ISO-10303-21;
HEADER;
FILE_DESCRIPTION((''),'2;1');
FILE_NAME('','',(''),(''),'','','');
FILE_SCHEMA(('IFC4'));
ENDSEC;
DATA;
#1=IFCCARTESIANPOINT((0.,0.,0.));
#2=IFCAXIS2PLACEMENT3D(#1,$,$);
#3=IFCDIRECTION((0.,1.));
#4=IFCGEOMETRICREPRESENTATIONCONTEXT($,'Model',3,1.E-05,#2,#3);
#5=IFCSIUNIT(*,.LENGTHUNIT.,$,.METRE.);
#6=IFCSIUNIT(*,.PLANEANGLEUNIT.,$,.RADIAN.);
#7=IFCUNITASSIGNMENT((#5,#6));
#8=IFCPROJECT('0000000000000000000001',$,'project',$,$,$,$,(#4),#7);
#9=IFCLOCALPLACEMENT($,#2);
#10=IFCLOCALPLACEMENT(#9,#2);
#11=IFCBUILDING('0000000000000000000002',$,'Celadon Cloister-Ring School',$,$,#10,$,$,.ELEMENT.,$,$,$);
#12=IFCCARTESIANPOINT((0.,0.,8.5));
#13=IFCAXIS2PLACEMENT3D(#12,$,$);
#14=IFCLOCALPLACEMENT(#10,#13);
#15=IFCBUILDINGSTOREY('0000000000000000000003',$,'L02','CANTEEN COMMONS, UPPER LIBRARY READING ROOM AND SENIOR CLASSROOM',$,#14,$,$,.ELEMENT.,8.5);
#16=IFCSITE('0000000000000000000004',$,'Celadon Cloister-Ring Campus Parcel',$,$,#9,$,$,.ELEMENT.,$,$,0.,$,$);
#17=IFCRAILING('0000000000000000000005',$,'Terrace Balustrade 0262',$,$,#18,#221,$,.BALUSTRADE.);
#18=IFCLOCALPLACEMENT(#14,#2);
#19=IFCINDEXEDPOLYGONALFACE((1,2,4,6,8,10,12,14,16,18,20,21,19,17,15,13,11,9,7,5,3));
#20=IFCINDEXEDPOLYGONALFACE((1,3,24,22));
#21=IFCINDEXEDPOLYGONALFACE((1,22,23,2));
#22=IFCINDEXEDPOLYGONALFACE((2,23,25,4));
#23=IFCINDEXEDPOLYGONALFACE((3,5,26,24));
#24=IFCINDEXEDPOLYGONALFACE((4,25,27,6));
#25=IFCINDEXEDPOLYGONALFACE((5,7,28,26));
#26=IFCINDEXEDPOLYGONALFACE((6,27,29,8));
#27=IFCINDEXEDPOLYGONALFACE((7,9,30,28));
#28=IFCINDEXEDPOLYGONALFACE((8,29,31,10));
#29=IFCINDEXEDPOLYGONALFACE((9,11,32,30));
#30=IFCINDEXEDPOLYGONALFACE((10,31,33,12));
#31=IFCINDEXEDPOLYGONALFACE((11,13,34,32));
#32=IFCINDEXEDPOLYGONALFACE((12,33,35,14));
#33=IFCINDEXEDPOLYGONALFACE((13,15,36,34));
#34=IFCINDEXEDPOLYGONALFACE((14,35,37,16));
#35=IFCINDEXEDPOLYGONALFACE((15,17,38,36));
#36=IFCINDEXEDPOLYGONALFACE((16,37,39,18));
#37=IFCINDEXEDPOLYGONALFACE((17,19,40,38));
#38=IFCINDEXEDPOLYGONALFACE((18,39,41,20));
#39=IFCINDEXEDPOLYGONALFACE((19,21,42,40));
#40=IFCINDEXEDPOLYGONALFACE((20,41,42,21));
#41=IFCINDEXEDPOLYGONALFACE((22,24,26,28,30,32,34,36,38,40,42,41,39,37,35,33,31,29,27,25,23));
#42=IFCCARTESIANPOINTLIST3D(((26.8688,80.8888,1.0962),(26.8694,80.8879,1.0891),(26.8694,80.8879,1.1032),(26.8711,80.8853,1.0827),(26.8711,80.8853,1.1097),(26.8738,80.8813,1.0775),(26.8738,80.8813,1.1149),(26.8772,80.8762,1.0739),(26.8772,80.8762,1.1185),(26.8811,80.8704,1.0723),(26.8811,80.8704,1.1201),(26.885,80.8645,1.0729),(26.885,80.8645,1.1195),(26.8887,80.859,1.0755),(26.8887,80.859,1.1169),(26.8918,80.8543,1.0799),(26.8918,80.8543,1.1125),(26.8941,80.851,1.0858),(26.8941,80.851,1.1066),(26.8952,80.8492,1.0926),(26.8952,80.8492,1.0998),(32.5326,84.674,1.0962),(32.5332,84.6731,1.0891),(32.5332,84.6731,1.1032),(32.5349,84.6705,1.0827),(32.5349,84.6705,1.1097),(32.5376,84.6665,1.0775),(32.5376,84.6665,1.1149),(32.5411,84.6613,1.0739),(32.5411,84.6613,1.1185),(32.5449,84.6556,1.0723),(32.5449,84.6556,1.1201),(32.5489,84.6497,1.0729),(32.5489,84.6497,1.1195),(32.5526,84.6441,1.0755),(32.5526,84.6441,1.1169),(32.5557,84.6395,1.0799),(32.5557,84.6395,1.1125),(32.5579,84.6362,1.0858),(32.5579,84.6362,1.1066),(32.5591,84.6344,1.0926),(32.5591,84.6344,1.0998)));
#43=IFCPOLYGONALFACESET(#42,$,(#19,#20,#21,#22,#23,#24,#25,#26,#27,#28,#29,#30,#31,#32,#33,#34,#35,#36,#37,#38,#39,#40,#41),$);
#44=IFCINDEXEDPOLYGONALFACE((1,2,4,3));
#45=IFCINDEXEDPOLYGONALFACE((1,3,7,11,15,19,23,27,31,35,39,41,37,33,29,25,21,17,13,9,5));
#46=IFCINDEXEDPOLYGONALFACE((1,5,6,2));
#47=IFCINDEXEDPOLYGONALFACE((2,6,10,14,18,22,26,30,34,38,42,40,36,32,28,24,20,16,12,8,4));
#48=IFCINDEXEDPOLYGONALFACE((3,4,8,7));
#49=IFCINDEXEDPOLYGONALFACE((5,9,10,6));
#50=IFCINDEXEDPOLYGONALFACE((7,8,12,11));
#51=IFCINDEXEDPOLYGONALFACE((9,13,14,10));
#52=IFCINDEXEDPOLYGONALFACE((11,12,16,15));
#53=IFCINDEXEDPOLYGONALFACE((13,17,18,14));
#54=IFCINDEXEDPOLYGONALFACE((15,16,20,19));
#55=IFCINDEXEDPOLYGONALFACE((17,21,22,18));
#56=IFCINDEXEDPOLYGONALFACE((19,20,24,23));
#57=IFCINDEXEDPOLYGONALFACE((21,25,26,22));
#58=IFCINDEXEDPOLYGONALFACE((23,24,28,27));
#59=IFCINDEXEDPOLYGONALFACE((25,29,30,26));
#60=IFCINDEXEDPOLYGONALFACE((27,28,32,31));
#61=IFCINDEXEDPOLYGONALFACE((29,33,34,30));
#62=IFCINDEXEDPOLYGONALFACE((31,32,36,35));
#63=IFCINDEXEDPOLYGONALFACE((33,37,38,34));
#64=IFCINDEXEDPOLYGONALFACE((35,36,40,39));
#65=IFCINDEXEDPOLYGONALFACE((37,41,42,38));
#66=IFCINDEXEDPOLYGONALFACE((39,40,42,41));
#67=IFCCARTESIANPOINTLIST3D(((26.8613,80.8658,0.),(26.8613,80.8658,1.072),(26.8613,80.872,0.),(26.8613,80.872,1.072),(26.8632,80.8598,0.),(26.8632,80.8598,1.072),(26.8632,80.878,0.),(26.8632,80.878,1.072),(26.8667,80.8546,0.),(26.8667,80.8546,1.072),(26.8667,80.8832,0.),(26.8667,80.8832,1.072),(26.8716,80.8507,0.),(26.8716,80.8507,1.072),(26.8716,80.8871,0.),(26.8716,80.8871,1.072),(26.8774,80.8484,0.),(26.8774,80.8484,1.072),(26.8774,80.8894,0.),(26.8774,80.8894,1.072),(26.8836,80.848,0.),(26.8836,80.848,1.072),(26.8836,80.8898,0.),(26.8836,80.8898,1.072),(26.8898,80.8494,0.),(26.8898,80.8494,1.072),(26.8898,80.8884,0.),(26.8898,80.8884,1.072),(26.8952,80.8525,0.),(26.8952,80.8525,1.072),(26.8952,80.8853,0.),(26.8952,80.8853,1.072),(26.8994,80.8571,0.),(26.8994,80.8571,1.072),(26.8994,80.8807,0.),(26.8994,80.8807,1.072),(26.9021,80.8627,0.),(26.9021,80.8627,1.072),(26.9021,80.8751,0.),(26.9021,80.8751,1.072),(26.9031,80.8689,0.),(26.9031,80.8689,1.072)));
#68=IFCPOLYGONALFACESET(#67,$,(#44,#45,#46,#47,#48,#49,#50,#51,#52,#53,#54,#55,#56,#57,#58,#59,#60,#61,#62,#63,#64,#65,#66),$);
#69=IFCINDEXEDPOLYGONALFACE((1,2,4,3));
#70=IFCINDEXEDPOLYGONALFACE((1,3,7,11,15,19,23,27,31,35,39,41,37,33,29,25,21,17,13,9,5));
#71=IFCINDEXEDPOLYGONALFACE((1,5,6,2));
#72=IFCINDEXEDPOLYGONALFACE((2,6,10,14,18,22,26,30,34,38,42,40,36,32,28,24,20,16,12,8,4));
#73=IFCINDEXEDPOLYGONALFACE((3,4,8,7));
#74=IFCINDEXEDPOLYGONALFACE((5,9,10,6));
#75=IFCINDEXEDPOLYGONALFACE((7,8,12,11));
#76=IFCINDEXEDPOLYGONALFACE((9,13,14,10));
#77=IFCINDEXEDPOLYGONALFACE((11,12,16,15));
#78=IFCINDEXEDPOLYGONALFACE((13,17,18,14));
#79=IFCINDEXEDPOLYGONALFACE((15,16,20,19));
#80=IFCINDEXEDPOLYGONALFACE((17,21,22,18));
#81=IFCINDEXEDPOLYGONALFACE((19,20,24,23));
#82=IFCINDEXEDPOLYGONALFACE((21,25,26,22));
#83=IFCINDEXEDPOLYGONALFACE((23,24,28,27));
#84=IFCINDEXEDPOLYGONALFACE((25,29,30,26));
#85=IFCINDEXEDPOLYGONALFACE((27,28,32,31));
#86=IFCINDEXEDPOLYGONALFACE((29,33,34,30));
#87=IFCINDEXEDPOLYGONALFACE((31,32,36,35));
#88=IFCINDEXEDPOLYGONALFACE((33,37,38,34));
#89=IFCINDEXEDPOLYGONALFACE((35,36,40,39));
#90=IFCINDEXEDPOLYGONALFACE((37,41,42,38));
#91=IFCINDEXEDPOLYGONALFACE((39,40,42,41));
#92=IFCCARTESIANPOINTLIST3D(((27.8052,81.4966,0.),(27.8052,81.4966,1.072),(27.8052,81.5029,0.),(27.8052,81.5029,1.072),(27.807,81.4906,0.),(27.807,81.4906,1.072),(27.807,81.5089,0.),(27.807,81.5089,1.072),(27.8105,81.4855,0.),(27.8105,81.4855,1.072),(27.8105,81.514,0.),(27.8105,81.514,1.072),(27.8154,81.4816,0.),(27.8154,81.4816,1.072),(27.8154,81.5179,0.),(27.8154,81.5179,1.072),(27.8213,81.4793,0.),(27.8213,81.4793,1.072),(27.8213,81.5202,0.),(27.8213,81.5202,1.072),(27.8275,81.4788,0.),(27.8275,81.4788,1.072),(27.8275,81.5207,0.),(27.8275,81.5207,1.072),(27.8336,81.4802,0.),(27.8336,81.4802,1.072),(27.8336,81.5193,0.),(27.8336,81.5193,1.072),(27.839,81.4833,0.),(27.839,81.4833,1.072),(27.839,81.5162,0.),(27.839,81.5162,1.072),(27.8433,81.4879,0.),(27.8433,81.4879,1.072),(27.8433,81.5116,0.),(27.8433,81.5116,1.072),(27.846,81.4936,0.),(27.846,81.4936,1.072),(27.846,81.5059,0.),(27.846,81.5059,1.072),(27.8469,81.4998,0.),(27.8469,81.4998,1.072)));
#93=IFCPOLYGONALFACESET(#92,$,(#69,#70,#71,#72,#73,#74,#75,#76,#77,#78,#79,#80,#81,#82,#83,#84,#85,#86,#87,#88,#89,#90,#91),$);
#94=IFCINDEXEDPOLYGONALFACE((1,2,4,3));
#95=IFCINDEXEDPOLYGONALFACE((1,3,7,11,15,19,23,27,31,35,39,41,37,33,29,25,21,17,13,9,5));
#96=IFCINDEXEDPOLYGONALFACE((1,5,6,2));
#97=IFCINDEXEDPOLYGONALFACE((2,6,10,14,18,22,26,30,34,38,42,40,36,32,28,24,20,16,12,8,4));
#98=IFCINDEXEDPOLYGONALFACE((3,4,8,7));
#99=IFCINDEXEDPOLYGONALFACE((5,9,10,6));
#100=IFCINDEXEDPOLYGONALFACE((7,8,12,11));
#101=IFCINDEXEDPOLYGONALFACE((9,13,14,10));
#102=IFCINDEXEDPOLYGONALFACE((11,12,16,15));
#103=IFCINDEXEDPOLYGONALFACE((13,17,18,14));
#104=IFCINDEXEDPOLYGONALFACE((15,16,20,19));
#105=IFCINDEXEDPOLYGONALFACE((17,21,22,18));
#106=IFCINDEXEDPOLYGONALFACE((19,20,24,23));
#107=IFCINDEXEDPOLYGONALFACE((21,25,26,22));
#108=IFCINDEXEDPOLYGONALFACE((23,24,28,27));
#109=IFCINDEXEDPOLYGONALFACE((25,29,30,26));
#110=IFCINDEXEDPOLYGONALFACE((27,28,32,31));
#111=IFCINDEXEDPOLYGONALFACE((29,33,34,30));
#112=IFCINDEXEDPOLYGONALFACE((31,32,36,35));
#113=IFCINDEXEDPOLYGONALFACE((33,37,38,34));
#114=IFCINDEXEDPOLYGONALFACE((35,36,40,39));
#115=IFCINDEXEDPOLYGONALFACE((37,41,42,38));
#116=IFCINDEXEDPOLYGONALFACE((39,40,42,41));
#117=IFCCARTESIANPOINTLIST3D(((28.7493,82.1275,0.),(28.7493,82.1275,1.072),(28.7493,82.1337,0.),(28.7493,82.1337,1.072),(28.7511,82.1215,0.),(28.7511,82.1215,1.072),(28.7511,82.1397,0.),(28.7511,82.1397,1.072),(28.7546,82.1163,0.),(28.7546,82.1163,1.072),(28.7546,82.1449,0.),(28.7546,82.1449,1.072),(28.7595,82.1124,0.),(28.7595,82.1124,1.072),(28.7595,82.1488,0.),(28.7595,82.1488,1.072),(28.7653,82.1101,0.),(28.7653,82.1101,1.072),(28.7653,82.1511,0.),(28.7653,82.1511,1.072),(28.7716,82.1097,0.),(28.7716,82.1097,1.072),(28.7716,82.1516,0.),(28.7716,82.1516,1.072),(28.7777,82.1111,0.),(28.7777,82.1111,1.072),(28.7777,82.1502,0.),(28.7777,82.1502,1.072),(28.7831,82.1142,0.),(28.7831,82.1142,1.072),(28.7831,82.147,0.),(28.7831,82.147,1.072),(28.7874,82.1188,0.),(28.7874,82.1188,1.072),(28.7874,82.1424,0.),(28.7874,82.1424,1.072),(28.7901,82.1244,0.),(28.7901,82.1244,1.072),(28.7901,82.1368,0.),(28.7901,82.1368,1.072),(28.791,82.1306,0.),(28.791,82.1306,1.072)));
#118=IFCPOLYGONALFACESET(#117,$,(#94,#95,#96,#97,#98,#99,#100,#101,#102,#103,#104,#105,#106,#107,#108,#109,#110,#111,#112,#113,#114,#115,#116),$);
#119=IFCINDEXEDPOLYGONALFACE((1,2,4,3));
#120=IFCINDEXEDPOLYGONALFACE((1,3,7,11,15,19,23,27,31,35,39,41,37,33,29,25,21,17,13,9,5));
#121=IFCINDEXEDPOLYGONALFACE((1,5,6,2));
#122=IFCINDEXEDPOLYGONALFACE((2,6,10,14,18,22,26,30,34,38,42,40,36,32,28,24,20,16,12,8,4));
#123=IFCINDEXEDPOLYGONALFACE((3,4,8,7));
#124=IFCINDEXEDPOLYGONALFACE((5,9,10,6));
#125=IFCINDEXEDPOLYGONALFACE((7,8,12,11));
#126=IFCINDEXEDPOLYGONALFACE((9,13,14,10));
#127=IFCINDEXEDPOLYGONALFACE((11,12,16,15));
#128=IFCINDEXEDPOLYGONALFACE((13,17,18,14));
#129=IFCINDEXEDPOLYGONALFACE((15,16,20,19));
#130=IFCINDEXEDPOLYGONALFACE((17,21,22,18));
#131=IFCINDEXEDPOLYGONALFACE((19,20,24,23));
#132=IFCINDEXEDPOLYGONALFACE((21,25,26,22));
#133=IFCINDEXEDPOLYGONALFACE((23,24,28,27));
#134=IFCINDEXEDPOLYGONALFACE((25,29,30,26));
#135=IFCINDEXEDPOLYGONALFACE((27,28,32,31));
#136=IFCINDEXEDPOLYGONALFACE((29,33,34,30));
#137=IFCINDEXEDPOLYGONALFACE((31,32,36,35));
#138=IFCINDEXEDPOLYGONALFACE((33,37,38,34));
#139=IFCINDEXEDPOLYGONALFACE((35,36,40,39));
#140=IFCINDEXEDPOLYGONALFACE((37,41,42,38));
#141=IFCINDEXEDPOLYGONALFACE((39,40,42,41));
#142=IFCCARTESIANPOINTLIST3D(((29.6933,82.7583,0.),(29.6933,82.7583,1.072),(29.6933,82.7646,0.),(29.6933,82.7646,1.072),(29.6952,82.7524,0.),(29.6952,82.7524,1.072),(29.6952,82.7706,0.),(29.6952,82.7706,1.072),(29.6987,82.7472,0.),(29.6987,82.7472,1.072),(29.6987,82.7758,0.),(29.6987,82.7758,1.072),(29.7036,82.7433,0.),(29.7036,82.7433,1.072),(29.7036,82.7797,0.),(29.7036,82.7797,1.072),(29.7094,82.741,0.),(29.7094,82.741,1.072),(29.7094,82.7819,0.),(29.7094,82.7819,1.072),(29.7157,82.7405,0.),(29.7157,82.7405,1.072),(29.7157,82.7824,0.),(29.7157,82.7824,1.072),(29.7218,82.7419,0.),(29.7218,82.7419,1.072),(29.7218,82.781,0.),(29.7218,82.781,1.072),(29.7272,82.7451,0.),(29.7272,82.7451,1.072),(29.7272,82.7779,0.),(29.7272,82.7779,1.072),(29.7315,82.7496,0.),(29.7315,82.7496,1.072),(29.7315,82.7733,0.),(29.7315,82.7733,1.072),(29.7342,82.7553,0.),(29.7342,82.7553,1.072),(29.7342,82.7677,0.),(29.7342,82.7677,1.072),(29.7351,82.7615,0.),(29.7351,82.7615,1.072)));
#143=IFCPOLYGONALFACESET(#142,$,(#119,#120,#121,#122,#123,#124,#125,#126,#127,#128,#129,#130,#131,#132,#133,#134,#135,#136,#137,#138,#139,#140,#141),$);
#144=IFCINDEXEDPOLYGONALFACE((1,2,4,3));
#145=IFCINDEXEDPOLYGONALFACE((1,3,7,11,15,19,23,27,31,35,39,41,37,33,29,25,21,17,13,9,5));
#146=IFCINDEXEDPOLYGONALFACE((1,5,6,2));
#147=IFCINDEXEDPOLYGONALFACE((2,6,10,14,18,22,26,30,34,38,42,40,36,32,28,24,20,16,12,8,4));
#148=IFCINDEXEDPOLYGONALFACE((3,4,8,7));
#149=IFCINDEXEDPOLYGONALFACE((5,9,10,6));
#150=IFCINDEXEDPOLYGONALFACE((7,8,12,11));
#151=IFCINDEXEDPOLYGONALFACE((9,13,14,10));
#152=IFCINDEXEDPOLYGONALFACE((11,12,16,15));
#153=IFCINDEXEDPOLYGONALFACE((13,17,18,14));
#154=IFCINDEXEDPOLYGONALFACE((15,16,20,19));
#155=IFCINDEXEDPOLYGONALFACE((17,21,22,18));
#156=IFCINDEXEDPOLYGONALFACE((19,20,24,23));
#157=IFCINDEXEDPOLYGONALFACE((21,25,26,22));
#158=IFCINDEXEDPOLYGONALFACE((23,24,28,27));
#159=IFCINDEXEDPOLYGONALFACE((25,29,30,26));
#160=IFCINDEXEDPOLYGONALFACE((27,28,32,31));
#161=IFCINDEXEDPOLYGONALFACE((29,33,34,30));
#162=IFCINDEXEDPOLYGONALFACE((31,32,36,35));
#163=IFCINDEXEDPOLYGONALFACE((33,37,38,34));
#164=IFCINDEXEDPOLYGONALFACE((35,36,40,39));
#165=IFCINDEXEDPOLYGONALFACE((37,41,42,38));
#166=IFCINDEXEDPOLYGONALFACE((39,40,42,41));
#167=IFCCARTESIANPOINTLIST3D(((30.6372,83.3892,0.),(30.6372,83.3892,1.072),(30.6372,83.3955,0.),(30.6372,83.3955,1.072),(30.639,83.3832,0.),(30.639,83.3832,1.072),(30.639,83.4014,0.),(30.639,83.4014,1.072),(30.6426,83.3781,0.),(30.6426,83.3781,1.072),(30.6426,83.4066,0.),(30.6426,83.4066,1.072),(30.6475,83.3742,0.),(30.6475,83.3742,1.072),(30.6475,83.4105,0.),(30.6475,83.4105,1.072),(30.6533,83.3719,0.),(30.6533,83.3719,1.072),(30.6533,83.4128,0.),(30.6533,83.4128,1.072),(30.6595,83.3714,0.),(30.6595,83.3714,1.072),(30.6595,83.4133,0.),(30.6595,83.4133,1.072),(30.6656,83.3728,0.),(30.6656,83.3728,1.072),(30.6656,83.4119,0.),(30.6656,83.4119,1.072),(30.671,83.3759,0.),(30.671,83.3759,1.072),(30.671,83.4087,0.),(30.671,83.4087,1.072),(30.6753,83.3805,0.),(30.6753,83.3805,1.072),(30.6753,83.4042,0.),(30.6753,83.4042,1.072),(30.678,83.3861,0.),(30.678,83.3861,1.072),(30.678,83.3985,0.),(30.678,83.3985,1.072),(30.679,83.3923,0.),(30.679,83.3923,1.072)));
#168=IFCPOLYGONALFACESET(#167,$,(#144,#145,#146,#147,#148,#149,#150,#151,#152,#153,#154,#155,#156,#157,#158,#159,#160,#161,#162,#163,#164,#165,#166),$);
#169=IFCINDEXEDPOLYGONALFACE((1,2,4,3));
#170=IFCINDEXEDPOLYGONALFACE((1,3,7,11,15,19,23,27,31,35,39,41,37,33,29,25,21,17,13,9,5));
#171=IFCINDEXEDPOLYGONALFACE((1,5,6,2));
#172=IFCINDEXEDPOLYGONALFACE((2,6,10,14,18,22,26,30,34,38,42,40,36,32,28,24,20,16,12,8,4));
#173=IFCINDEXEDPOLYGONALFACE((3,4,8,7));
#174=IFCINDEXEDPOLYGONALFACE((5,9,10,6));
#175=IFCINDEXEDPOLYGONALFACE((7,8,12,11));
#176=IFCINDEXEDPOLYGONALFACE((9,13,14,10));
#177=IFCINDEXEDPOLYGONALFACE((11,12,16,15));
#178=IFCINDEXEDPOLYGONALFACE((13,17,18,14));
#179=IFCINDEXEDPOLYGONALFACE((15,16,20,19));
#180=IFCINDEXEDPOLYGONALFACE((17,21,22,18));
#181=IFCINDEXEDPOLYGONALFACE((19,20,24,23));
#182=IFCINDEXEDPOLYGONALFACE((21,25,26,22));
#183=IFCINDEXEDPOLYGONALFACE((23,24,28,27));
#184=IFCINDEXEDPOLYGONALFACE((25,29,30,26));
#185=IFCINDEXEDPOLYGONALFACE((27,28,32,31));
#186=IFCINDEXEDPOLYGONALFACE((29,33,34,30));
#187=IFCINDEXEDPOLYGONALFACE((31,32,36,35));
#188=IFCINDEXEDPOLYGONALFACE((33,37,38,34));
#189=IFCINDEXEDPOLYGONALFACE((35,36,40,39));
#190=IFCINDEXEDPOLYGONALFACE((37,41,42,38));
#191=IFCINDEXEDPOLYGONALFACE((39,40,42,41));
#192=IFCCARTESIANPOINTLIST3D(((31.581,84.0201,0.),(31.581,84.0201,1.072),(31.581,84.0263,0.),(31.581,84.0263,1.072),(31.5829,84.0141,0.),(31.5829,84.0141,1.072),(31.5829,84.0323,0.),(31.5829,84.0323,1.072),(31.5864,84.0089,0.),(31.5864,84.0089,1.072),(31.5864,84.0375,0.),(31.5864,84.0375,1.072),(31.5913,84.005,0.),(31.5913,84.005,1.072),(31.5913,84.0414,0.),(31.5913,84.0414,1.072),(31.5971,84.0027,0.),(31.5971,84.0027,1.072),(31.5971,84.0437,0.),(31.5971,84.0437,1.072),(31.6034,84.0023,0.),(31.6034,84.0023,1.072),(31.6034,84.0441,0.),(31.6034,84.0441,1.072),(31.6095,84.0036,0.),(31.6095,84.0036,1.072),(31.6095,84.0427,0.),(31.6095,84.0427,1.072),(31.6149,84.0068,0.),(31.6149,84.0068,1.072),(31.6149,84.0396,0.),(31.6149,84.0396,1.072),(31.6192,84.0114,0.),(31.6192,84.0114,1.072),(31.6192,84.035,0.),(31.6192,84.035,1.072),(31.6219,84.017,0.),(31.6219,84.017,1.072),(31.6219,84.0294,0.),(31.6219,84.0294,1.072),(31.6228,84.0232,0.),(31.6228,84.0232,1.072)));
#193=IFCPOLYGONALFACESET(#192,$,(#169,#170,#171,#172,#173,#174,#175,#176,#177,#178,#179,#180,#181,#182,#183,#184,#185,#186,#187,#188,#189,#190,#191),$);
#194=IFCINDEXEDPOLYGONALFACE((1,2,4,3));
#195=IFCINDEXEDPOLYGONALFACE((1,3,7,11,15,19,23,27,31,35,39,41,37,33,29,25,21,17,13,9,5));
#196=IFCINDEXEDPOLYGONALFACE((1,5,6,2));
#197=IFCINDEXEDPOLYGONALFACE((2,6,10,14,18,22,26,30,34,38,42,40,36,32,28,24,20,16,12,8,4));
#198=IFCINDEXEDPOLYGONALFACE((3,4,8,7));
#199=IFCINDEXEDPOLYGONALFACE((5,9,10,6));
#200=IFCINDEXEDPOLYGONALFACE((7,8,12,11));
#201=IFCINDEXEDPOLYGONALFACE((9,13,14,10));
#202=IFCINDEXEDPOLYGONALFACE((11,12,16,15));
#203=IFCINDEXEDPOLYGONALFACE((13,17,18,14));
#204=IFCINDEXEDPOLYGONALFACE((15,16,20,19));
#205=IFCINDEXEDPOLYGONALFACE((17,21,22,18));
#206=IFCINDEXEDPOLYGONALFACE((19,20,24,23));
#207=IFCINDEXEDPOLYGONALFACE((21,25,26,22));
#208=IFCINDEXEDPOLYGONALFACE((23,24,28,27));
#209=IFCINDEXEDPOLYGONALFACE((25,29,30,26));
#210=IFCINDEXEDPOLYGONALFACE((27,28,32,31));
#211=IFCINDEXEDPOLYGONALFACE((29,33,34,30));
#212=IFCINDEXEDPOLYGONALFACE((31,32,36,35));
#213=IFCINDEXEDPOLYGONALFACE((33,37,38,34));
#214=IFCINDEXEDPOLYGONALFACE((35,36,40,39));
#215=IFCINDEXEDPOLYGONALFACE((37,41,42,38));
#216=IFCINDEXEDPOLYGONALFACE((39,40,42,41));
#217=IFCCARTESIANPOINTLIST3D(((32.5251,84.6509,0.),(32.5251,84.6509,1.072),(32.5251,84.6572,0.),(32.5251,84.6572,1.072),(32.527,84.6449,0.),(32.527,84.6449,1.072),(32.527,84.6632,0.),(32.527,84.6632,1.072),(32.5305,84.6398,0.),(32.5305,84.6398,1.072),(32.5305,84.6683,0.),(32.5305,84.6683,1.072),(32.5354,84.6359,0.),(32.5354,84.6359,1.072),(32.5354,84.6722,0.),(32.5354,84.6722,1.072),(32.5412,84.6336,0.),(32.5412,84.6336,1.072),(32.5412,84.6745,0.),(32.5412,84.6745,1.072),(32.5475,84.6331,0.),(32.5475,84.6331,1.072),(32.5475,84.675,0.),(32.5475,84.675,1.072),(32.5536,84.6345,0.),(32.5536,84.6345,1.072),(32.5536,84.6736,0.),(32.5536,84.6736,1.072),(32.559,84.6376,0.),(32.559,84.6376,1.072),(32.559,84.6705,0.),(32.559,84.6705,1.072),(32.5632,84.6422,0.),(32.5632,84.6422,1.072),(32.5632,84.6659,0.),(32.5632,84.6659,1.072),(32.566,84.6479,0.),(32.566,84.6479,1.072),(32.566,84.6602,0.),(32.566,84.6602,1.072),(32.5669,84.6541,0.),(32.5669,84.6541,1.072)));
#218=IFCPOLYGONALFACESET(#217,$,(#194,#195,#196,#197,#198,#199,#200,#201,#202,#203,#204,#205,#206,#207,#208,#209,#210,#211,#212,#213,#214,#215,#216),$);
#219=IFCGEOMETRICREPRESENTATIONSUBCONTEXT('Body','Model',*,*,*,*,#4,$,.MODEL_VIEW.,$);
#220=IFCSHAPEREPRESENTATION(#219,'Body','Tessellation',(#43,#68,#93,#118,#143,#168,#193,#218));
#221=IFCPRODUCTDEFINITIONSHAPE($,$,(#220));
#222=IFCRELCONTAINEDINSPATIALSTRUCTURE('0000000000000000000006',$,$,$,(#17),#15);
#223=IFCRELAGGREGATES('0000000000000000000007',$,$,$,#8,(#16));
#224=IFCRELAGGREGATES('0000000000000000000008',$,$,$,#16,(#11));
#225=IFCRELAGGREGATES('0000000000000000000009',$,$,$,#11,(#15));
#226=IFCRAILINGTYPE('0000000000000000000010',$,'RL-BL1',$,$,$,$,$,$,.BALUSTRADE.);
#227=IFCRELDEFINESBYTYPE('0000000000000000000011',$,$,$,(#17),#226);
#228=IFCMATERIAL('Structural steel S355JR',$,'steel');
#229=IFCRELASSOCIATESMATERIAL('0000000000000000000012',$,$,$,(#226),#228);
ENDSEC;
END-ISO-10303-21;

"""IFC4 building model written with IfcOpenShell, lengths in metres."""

from ifc_helpers import new_model, si_unit, direction, frame, origin, origin_2d, place, context, subcontext, project, spatial, circle, extrude, material, type_object, element, save


model = new_model("IFC4")

# Units and contexts
model_context = context("Model", 3, precision=1e-05, world=origin(), true_north=direction((0.0, 1.0)))
body_context = subcontext(model_context, "Body", "Model", "MODEL_VIEW")
ifc_project = project(units=[si_unit("LENGTHUNIT", "METRE"), si_unit("PLANEANGLEUNIT", "RADIAN")], contexts=[model_context])

# Site, building, storey
site_placement = place(None, origin())
site = spatial("IfcSite", under=ifc_project, at=site_placement, Name="Celadon Cloister-Ring Campus Parcel", CompositionType="ELEMENT", RefElevation=0.0)
building_placement = place(site_placement, origin())
building = spatial("IfcBuilding", under=site, at=building_placement, Name="Celadon Cloister-Ring School", CompositionType="ELEMENT")
storey_placement = place(building_placement, frame((0.0, 0.0, 8.5)))
storey = spatial("IfcBuildingStorey", under=building, at=storey_placement, Name="L02", Description="CANTEEN COMMONS, UPPER LIBRARY READING ROOM AND SENIOR CLASSROOM", CompositionType="ELEMENT", Elevation=8.5)

# Railing
ifc_material_1 = material(Name="Structural steel S355JR", Category="steel")
railing_type = type_object("IfcRailingType", Name="RL-BL1", PredefinedType="BALUSTRADE", material=ifc_material_1)
railing_placement = place(storey_placement, frame((26.8821, 80.8689, 0.0)))
element("IfcRailing", 1, at=railing_placement, inside=storey, type_object=railing_type, Name="Terrace Balustrade 0262", PredefinedType="BALUSTRADE", context=body_context, shape_type="SweptSolid", body=[
    extrude(circle(Radius=0.0239, at=origin_2d()), frame((0.0, 0.0, 1.0962), z_axis=(0.831421, 0.555643, 0.0), x_axis=(-0.555643, 0.831421, 0.0)), (0.0, 0.0, 1.0), 6.8123),
    extrude(circle(Radius=0.021, at=origin_2d()), origin(), (0.0, 0.0, 1.0), 1.072),
    extrude(circle(Radius=0.021, at=origin_2d()), frame((0.9438, 0.6309, 0.0)), (0.0, 0.0, 1.0), 1.072),
    extrude(circle(Radius=0.021, at=origin_2d()), frame((1.8879, 1.2617, 0.0)), (0.0, 0.0, 1.0), 1.072),
    extrude(circle(Radius=0.021, at=origin_2d()), frame((2.832, 1.8926, 0.0)), (0.0, 0.0, 1.0), 1.072),
    extrude(circle(Radius=0.021, at=origin_2d()), frame((3.7759, 2.5234, 0.0)), (0.0, 0.0, 1.0), 1.072),
    extrude(circle(Radius=0.021, at=origin_2d()), frame((4.7197, 3.1543, 0.0)), (0.0, 0.0, 1.0), 1.072),
    extrude(circle(Radius=0.021, at=origin_2d()), frame((5.6638, 3.7852, 0.0)), (0.0, 0.0, 1.0), 1.072),
])

save(model, "model.ifc")
